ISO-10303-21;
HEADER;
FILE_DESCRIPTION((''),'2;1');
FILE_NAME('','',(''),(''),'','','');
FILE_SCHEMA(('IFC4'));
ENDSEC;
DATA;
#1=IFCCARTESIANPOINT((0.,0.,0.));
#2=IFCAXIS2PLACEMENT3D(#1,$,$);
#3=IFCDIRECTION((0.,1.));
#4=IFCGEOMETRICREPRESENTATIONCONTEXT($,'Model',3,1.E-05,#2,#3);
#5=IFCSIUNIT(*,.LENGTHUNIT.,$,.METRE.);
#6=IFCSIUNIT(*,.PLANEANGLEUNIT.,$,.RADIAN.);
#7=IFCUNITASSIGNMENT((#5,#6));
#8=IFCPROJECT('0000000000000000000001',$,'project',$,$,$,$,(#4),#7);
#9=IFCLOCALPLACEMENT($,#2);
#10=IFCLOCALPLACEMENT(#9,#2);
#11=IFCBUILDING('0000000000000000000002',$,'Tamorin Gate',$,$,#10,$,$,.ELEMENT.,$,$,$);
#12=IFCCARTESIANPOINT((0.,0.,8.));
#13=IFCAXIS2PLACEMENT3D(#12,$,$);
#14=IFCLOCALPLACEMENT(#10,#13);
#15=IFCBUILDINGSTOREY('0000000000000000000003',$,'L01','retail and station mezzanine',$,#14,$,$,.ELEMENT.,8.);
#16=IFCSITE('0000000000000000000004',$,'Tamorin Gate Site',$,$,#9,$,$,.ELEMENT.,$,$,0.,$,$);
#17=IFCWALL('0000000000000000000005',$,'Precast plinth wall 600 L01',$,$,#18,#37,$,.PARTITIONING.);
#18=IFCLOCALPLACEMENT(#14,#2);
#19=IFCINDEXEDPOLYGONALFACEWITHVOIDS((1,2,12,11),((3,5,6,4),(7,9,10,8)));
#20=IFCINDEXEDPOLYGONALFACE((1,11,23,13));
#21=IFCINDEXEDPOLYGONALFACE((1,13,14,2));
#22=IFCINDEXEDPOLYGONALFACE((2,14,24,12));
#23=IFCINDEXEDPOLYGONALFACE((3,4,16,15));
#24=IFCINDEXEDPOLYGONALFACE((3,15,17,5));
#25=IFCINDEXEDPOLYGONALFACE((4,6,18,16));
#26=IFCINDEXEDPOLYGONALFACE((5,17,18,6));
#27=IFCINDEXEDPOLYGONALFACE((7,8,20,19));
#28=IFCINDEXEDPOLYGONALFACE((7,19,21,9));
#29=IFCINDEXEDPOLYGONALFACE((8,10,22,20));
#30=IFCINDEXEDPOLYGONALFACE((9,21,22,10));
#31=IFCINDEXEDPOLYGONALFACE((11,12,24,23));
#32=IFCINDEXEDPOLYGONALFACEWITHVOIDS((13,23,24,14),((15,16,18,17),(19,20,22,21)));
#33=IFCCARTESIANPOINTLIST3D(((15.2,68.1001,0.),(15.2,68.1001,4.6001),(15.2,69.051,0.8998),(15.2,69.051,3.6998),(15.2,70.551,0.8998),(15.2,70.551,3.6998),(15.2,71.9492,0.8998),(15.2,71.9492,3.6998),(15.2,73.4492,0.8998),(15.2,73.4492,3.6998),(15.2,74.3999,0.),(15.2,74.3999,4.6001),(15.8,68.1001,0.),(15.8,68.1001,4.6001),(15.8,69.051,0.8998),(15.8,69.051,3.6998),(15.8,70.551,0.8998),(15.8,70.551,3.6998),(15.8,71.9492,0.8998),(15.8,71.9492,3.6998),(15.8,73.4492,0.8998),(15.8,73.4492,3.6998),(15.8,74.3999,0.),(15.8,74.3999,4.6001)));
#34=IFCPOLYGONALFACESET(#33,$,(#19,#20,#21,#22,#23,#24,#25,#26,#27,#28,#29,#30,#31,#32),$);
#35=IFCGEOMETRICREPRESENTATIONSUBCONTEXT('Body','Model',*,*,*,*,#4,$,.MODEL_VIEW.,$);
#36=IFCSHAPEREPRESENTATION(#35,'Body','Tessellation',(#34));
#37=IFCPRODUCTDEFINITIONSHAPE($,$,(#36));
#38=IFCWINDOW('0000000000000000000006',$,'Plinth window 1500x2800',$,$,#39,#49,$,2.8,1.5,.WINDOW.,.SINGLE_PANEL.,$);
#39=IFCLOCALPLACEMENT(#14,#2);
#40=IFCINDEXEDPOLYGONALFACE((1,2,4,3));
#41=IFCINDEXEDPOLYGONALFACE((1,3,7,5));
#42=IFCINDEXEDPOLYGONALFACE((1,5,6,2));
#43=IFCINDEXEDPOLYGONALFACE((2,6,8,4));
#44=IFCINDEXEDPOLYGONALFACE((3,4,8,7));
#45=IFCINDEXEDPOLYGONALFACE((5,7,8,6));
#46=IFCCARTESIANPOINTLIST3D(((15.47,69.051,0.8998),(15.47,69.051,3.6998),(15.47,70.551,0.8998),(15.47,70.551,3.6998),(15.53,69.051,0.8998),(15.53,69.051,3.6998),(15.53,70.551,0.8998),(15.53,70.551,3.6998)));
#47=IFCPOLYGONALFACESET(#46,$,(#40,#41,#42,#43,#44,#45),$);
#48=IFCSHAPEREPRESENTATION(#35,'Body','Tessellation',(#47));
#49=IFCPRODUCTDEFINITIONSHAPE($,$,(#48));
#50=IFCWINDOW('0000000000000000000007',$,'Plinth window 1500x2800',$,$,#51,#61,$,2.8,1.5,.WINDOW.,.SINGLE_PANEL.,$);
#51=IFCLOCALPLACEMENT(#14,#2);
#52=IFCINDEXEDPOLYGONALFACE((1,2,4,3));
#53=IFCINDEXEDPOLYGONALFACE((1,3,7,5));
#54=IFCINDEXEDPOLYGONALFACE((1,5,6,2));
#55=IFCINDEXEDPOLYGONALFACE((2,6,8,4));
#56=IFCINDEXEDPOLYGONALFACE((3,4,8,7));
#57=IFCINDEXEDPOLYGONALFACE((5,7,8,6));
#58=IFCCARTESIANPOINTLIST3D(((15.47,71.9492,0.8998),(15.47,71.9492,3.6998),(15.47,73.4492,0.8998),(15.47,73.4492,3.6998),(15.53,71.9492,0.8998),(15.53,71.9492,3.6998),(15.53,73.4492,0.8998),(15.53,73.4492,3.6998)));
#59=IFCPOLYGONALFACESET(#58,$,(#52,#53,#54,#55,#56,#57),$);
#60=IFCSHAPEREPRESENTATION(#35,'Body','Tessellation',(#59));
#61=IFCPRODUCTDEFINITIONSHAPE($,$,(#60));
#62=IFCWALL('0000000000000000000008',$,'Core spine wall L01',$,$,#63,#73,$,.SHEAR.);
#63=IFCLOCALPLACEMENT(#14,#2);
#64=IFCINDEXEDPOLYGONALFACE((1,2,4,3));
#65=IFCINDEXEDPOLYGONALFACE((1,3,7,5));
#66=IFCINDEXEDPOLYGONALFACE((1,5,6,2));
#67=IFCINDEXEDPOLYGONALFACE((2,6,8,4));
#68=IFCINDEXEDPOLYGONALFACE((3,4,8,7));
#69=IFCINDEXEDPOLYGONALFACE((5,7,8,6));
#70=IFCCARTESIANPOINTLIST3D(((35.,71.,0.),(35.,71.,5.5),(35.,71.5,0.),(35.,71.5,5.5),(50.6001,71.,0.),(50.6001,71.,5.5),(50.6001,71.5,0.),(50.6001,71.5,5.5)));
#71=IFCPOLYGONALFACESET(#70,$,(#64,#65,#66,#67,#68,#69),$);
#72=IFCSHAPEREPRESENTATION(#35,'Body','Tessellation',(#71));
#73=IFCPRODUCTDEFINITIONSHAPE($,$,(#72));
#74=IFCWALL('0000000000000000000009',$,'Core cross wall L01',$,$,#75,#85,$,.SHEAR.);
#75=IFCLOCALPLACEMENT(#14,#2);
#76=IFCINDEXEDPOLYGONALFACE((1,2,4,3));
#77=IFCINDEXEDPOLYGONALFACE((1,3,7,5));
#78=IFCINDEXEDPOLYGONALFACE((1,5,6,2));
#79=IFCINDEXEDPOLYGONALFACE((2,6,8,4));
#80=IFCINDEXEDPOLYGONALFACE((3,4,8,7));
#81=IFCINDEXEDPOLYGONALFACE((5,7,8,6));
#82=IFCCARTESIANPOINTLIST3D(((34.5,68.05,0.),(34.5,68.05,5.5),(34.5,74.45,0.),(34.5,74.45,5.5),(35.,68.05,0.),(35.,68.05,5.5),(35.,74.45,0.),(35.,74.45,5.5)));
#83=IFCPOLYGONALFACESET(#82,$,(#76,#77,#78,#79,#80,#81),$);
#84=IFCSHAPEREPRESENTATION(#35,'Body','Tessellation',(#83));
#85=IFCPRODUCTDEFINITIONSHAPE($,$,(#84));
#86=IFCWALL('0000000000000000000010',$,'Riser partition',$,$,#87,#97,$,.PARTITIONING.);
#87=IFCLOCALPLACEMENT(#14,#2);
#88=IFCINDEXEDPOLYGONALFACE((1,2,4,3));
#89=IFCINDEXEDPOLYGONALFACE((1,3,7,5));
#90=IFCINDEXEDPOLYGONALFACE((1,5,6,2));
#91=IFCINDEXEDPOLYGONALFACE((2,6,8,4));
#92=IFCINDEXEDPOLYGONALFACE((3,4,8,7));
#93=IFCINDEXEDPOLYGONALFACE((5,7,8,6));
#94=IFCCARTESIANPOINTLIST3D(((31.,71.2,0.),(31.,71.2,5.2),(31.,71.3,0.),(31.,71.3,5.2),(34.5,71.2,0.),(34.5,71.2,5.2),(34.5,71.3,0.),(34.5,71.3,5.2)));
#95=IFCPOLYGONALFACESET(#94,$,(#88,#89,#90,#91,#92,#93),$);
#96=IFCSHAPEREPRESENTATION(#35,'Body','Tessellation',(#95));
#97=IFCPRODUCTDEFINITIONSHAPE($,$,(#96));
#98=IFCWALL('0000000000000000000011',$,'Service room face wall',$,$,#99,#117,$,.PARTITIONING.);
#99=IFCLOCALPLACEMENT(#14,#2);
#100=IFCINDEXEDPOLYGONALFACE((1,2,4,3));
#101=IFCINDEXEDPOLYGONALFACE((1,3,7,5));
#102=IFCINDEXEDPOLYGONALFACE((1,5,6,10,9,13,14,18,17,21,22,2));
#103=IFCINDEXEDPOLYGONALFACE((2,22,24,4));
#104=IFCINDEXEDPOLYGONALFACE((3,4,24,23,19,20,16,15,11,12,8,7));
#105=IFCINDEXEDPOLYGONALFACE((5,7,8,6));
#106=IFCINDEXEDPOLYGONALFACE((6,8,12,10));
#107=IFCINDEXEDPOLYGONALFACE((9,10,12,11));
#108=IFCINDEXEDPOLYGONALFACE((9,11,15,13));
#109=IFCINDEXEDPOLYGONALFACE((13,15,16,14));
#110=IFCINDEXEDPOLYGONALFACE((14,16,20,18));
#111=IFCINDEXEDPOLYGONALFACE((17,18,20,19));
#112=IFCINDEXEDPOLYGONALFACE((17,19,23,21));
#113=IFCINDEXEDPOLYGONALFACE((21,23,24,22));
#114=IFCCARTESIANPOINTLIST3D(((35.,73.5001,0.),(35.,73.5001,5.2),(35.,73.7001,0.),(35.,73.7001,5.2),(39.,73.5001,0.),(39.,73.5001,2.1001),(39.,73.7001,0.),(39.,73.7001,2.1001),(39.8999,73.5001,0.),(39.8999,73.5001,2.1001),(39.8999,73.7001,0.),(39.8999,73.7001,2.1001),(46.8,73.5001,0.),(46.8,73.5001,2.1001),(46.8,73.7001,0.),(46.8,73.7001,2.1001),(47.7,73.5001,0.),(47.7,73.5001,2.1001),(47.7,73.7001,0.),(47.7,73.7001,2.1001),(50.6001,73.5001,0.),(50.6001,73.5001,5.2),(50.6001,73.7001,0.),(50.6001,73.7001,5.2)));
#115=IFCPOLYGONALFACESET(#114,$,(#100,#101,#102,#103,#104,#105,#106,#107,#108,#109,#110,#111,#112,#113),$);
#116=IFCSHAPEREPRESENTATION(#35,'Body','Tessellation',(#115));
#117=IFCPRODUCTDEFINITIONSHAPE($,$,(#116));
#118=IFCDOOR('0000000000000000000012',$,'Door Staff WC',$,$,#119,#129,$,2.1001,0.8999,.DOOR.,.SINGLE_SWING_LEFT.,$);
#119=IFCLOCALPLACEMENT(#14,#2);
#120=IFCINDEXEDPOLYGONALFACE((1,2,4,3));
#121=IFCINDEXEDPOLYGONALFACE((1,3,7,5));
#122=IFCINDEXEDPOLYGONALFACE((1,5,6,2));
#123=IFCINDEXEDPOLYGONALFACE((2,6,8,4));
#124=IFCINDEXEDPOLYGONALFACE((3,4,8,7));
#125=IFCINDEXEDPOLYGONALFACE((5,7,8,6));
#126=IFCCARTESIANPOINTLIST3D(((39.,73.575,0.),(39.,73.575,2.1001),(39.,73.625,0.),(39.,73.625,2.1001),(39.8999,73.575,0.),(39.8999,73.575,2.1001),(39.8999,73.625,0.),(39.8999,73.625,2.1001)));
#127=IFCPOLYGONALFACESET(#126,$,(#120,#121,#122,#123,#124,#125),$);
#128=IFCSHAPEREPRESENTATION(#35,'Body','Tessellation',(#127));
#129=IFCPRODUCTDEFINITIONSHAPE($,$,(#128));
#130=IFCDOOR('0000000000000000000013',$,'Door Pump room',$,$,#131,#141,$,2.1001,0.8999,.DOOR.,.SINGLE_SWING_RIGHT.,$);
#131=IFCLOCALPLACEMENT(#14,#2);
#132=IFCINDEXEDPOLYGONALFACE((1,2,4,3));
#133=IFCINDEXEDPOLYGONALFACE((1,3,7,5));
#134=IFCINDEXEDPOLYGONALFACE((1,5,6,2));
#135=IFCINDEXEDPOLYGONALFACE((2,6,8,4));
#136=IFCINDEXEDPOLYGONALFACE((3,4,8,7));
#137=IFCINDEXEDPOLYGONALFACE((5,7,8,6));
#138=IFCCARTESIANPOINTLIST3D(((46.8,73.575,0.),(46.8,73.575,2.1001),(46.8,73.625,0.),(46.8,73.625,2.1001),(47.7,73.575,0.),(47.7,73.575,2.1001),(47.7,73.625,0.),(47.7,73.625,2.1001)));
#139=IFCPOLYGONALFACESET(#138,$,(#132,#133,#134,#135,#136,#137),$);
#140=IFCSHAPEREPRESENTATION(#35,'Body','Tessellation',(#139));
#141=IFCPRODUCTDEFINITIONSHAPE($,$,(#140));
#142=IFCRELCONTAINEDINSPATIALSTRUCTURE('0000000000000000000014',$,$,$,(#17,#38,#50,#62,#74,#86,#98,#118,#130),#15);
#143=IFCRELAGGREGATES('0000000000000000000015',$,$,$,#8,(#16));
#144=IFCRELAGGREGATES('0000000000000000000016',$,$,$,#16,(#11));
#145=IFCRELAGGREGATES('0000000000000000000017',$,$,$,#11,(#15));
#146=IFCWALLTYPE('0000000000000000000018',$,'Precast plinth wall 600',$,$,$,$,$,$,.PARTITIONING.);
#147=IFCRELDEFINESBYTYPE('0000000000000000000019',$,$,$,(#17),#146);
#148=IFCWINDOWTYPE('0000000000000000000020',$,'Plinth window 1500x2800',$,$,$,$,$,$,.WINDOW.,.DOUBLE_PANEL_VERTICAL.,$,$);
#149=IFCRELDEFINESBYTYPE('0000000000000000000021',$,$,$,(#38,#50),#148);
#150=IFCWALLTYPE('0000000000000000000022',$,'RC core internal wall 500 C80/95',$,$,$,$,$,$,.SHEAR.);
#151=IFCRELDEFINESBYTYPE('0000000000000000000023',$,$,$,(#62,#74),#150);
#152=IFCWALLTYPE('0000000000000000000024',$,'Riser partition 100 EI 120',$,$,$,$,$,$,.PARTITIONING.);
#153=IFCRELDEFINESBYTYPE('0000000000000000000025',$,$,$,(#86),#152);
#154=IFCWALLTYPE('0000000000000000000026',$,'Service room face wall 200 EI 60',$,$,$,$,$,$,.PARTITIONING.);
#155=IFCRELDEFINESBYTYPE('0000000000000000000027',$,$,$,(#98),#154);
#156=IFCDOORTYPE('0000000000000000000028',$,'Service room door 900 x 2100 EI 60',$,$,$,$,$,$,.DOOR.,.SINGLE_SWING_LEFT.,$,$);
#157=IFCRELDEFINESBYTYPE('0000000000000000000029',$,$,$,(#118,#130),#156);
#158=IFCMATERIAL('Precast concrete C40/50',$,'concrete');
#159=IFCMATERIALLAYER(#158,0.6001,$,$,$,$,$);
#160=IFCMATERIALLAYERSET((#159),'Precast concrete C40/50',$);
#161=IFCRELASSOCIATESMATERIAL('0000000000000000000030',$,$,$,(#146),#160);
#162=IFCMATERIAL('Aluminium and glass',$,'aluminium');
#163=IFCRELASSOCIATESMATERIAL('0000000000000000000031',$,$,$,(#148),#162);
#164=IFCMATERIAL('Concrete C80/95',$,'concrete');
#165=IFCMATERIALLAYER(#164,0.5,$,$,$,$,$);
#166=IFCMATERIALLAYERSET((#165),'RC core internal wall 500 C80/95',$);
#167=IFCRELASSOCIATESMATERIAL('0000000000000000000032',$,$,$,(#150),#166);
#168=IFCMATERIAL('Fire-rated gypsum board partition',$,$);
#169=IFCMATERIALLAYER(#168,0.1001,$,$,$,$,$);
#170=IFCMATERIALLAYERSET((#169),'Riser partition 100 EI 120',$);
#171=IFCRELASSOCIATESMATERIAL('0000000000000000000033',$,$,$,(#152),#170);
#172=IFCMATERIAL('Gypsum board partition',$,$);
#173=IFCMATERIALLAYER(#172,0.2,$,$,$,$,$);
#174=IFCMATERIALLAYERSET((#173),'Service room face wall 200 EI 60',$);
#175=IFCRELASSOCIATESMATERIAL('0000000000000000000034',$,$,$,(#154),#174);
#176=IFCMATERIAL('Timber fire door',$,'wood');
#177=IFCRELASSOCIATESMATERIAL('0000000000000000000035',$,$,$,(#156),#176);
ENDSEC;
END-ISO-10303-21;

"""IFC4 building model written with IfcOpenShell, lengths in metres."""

from ifc_helpers import new_model, si_unit, direction, frame, frame_2d, origin, place, context, subcontext, project, spatial, rectangle, extrude, material, layer, layer_set, type_object, element, fill, save


model = new_model("IFC4")

# Units and contexts
model_context = context("Model", 3, precision=1e-05, world=origin(), true_north=direction((0.0, 1.0)))
body_context = subcontext(model_context, "Body", "Model", "MODEL_VIEW")
ifc_project = project(units=[si_unit("LENGTHUNIT", "METRE"), si_unit("PLANEANGLEUNIT", "RADIAN")], contexts=[model_context])

# Site, building, storey
site_placement = place(None, origin())
site = spatial("IfcSite", under=ifc_project, at=site_placement, Name="Tamorin Gate Site", CompositionType="ELEMENT", RefElevation=0.0)
building_placement = place(site_placement, origin())
building = spatial("IfcBuilding", under=site, at=building_placement, Name="Tamorin Gate", CompositionType="ELEMENT")
storey_placement = place(building_placement, frame((0.0, 0.0, 8.0)))
storey = spatial("IfcBuildingStorey", under=building, at=storey_placement, Name="L01", Description="retail and station mezzanine", CompositionType="ELEMENT", Elevation=8.0)

# Shared definitions
ifc_material_1 = material(Name="Concrete C80/95", Category="concrete")

# Shared definitions
ifc_material_2 = material(Name="Fire-rated gypsum board partition")

# Wall, openings, windows
ifc_material_3 = material(Name="Precast concrete C40/50", Category="concrete")
ifc_layer_1 = layer(ifc_material_3, 0.6001)
ifc_layer_set_1 = layer_set([ifc_layer_1], Name="Precast concrete C40/50")
wall_type_1 = type_object("IfcWallType", Name="Precast plinth wall 600", PredefinedType="PARTITIONING", material=ifc_layer_set_1)
wall_1_placement = place(storey_placement, frame((15.5, 68.1001, 0.0), z_axis=(0.0, 0.0, 1.0), x_axis=(0.0, 1.0, 0.0)))
wall_1 = element("IfcWall", 1, at=wall_1_placement, inside=storey, type_object=wall_type_1, Name="Precast plinth wall 600 L01", PredefinedType="PARTITIONING", context=body_context, shape_type="SweptSolid", body=[
    extrude(rectangle(XDim=6.2998, YDim=0.6001, at=frame_2d((3.1499, 0.0))), origin(), (0.0, 0.0, 1.0), 4.6001),
])
opening_1_placement = place(wall_1_placement, frame((0.9509, 0.0, 0.8999)))
opening_1 = element("IfcOpeningElement", 2, at=opening_1_placement, cuts=wall_1, PredefinedType="OPENING", context=body_context, shape_type="SweptSolid", body=[
    extrude(rectangle(XDim=1.5, YDim=2.8, at=frame_2d((0.75, 1.3999))), frame((0.0, 0.3101, 0.0), z_axis=(0.0, -1.0, 0.0), x_axis=(1.0, 0.0, 0.0)), (0.0, 0.0, 1.0), 0.6201),
])
opening_2_placement = place(wall_1_placement, frame((3.8491, 0.0, 0.8999)))
opening_2 = element("IfcOpeningElement", 3, at=opening_2_placement, cuts=wall_1, PredefinedType="OPENING", context=body_context, shape_type="SweptSolid", body=[
    extrude(rectangle(XDim=1.5, YDim=2.8, at=frame_2d((0.75, 1.3999))), frame((0.0, 0.3101, 0.0), z_axis=(0.0, -1.0, 0.0), x_axis=(1.0, 0.0, 0.0)), (0.0, 0.0, 1.0), 0.6201),
])
ifc_material_4 = material(Name="Aluminium and glass", Category="aluminium")
window_type = type_object("IfcWindowType", Name="Plinth window 1500x2800", PartitioningType="DOUBLE_PANEL_VERTICAL", PredefinedType="WINDOW", material=ifc_material_4)
window_1_placement = place(opening_1_placement, origin())
window_1 = element("IfcWindow", 4, at=window_1_placement, inside=storey, type_object=window_type, Name="Plinth window 1500x2800", OverallHeight=2.8, OverallWidth=1.5, PartitioningType="SINGLE_PANEL", PredefinedType="WINDOW", context=body_context, shape_type="SweptSolid", body=[
    extrude(rectangle(XDim=1.5, YDim=2.8, at=frame_2d((0.75, 1.3999))), frame((0.0, 0.03, 0.0), z_axis=(0.0, -1.0, 0.0), x_axis=(1.0, 0.0, 0.0)), (0.0, 0.0, 1.0), 0.0601),
])
fill(opening_1, window_1)
window_2_placement = place(opening_2_placement, origin())
window_2 = element("IfcWindow", 5, at=window_2_placement, inside=storey, type_object=window_type, Name="Plinth window 1500x2800", OverallHeight=2.8, OverallWidth=1.5, PartitioningType="SINGLE_PANEL", PredefinedType="WINDOW", context=body_context, shape_type="SweptSolid", body=[
    extrude(rectangle(XDim=1.5, YDim=2.8, at=frame_2d((0.75, 1.3999))), frame((0.0, 0.03, 0.0), z_axis=(0.0, -1.0, 0.0), x_axis=(1.0, 0.0, 0.0)), (0.0, 0.0, 1.0), 0.0601),
])
fill(opening_2, window_2)

# Walls
ifc_layer_2 = layer(ifc_material_1, 0.5)
ifc_layer_set_2 = layer_set([ifc_layer_2], Name="RC core internal wall 500 C80/95")
wall_type_2 = type_object("IfcWallType", Name="RC core internal wall 500 C80/95", PredefinedType="SHEAR", material=ifc_layer_set_2)
wall_2_placement = place(storey_placement, frame((35.0, 71.25, 0.0), z_axis=(0.0, 0.0, 1.0), x_axis=(1.0, 0.0, 0.0)))
element("IfcWall", 6, at=wall_2_placement, inside=storey, type_object=wall_type_2, Name="Core spine wall L01", PredefinedType="SHEAR", context=body_context, shape_type="SweptSolid", body=[
    extrude(rectangle(XDim=15.6001, YDim=0.5, at=frame_2d((7.8, 0.0))), origin(), (0.0, 0.0, 1.0), 5.5),
])
wall_3_placement = place(storey_placement, frame((34.75, 68.05, 0.0), z_axis=(0.0, 0.0, 1.0), x_axis=(0.0, 1.0, 0.0)))
element("IfcWall", 7, at=wall_3_placement, inside=storey, type_object=wall_type_2, Name="Core cross wall L01", PredefinedType="SHEAR", context=body_context, shape_type="SweptSolid", body=[
    extrude(rectangle(XDim=6.3999, YDim=0.5, at=frame_2d((3.2, 0.0))), origin(), (0.0, 0.0, 1.0), 5.5),
])
ifc_layer_3 = layer(ifc_material_2, 0.1001)
ifc_layer_set_3 = layer_set([ifc_layer_3], Name="Riser partition 100 EI 120")
wall_type_3 = type_object("IfcWallType", Name="Riser partition 100 EI 120", PredefinedType="PARTITIONING", material=ifc_layer_set_3)
wall_4_placement = place(storey_placement, frame((31.0, 71.25, 0.0), z_axis=(0.0, 0.0, 1.0), x_axis=(1.0, 0.0, 0.0)))
element("IfcWall", 8, at=wall_4_placement, inside=storey, type_object=wall_type_3, Name="Riser partition", PredefinedType="PARTITIONING", context=body_context, shape_type="SweptSolid", body=[
    extrude(rectangle(XDim=3.5, YDim=0.1001, at=frame_2d((1.75, 0.0))), origin(), (0.0, 0.0, 1.0), 5.2),
])

# Wall, openings, doors
ifc_material_5 = material(Name="Gypsum board partition")
ifc_layer_4 = layer(ifc_material_5, 0.2)
ifc_layer_set_4 = layer_set([ifc_layer_4], Name="Service room face wall 200 EI 60")
wall_type_4 = type_object("IfcWallType", Name="Service room face wall 200 EI 60", PredefinedType="PARTITIONING", material=ifc_layer_set_4)
wall_5_placement = place(storey_placement, frame((35.0, 73.6001, 0.0), z_axis=(0.0, 0.0, 1.0), x_axis=(1.0, 0.0, 0.0)))
wall_5 = element("IfcWall", 9, at=wall_5_placement, inside=storey, type_object=wall_type_4, Name="Service room face wall", PredefinedType="PARTITIONING", context=body_context, shape_type="SweptSolid", body=[
    extrude(rectangle(XDim=15.6001, YDim=0.2, at=frame_2d((7.8, 0.0))), origin(), (0.0, 0.0, 1.0), 5.2),
])
opening_3_placement = place(wall_5_placement, frame((4.0, 0.0, 0.0)))
opening_3 = element("IfcOpeningElement", 10, at=opening_3_placement, cuts=wall_5, PredefinedType="OPENING", context=body_context, shape_type="SweptSolid", body=[
    extrude(rectangle(XDim=0.8999, YDim=2.1001, at=frame_2d((0.45, 1.05))), frame((0.0, 0.1099, 0.0), z_axis=(0.0, -1.0, 0.0), x_axis=(1.0, 0.0, 0.0)), (0.0, 0.0, 1.0), 0.22),
])
opening_4_placement = place(wall_5_placement, frame((11.8, 0.0, 0.0)))
opening_4 = element("IfcOpeningElement", 11, at=opening_4_placement, cuts=wall_5, PredefinedType="OPENING", context=body_context, shape_type="SweptSolid", body=[
    extrude(rectangle(XDim=0.8999, YDim=2.1001, at=frame_2d((0.45, 1.05))), frame((0.0, 0.1099, 0.0), z_axis=(0.0, -1.0, 0.0), x_axis=(1.0, 0.0, 0.0)), (0.0, 0.0, 1.0), 0.22),
])
ifc_material_6 = material(Name="Timber fire door", Category="wood")
door_type_1 = type_object("IfcDoorType", Name="Service room door 900 x 2100 EI 60", OperationType="SINGLE_SWING_LEFT", PredefinedType="DOOR", material=ifc_material_6)
door_1_placement = place(opening_3_placement, origin())
door_1 = element("IfcDoor", 12, at=door_1_placement, inside=storey, type_object=door_type_1, Name="Door Staff WC", OperationType="SINGLE_SWING_LEFT", OverallHeight=2.1001, OverallWidth=0.8999, PredefinedType="DOOR", context=body_context, shape_type="SweptSolid", body=[
    extrude(rectangle(XDim=0.8999, YDim=2.1001, at=frame_2d((0.45, 1.05))), frame((0.0, 0.0249, 0.0), z_axis=(0.0, -1.0, 0.0), x_axis=(1.0, 0.0, 0.0)), (0.0, 0.0, 1.0), 0.05),
])
fill(opening_3, door_1)
door_2_placement = place(opening_4_placement, origin())
door_2 = element("IfcDoor", 13, at=door_2_placement, inside=storey, type_object=door_type_1, Name="Door Pump room", OperationType="SINGLE_SWING_RIGHT", OverallHeight=2.1001, OverallWidth=0.8999, PredefinedType="DOOR", context=body_context, shape_type="SweptSolid", body=[
    extrude(rectangle(XDim=0.8999, YDim=2.1001, at=frame_2d((0.45, 1.05))), frame((0.0, 0.0249, 0.0), z_axis=(0.0, -1.0, 0.0), x_axis=(1.0, 0.0, 0.0)), (0.0, 0.0, 1.0), 0.05),
])
fill(opening_4, door_2)

save(model, "model.ifc")
